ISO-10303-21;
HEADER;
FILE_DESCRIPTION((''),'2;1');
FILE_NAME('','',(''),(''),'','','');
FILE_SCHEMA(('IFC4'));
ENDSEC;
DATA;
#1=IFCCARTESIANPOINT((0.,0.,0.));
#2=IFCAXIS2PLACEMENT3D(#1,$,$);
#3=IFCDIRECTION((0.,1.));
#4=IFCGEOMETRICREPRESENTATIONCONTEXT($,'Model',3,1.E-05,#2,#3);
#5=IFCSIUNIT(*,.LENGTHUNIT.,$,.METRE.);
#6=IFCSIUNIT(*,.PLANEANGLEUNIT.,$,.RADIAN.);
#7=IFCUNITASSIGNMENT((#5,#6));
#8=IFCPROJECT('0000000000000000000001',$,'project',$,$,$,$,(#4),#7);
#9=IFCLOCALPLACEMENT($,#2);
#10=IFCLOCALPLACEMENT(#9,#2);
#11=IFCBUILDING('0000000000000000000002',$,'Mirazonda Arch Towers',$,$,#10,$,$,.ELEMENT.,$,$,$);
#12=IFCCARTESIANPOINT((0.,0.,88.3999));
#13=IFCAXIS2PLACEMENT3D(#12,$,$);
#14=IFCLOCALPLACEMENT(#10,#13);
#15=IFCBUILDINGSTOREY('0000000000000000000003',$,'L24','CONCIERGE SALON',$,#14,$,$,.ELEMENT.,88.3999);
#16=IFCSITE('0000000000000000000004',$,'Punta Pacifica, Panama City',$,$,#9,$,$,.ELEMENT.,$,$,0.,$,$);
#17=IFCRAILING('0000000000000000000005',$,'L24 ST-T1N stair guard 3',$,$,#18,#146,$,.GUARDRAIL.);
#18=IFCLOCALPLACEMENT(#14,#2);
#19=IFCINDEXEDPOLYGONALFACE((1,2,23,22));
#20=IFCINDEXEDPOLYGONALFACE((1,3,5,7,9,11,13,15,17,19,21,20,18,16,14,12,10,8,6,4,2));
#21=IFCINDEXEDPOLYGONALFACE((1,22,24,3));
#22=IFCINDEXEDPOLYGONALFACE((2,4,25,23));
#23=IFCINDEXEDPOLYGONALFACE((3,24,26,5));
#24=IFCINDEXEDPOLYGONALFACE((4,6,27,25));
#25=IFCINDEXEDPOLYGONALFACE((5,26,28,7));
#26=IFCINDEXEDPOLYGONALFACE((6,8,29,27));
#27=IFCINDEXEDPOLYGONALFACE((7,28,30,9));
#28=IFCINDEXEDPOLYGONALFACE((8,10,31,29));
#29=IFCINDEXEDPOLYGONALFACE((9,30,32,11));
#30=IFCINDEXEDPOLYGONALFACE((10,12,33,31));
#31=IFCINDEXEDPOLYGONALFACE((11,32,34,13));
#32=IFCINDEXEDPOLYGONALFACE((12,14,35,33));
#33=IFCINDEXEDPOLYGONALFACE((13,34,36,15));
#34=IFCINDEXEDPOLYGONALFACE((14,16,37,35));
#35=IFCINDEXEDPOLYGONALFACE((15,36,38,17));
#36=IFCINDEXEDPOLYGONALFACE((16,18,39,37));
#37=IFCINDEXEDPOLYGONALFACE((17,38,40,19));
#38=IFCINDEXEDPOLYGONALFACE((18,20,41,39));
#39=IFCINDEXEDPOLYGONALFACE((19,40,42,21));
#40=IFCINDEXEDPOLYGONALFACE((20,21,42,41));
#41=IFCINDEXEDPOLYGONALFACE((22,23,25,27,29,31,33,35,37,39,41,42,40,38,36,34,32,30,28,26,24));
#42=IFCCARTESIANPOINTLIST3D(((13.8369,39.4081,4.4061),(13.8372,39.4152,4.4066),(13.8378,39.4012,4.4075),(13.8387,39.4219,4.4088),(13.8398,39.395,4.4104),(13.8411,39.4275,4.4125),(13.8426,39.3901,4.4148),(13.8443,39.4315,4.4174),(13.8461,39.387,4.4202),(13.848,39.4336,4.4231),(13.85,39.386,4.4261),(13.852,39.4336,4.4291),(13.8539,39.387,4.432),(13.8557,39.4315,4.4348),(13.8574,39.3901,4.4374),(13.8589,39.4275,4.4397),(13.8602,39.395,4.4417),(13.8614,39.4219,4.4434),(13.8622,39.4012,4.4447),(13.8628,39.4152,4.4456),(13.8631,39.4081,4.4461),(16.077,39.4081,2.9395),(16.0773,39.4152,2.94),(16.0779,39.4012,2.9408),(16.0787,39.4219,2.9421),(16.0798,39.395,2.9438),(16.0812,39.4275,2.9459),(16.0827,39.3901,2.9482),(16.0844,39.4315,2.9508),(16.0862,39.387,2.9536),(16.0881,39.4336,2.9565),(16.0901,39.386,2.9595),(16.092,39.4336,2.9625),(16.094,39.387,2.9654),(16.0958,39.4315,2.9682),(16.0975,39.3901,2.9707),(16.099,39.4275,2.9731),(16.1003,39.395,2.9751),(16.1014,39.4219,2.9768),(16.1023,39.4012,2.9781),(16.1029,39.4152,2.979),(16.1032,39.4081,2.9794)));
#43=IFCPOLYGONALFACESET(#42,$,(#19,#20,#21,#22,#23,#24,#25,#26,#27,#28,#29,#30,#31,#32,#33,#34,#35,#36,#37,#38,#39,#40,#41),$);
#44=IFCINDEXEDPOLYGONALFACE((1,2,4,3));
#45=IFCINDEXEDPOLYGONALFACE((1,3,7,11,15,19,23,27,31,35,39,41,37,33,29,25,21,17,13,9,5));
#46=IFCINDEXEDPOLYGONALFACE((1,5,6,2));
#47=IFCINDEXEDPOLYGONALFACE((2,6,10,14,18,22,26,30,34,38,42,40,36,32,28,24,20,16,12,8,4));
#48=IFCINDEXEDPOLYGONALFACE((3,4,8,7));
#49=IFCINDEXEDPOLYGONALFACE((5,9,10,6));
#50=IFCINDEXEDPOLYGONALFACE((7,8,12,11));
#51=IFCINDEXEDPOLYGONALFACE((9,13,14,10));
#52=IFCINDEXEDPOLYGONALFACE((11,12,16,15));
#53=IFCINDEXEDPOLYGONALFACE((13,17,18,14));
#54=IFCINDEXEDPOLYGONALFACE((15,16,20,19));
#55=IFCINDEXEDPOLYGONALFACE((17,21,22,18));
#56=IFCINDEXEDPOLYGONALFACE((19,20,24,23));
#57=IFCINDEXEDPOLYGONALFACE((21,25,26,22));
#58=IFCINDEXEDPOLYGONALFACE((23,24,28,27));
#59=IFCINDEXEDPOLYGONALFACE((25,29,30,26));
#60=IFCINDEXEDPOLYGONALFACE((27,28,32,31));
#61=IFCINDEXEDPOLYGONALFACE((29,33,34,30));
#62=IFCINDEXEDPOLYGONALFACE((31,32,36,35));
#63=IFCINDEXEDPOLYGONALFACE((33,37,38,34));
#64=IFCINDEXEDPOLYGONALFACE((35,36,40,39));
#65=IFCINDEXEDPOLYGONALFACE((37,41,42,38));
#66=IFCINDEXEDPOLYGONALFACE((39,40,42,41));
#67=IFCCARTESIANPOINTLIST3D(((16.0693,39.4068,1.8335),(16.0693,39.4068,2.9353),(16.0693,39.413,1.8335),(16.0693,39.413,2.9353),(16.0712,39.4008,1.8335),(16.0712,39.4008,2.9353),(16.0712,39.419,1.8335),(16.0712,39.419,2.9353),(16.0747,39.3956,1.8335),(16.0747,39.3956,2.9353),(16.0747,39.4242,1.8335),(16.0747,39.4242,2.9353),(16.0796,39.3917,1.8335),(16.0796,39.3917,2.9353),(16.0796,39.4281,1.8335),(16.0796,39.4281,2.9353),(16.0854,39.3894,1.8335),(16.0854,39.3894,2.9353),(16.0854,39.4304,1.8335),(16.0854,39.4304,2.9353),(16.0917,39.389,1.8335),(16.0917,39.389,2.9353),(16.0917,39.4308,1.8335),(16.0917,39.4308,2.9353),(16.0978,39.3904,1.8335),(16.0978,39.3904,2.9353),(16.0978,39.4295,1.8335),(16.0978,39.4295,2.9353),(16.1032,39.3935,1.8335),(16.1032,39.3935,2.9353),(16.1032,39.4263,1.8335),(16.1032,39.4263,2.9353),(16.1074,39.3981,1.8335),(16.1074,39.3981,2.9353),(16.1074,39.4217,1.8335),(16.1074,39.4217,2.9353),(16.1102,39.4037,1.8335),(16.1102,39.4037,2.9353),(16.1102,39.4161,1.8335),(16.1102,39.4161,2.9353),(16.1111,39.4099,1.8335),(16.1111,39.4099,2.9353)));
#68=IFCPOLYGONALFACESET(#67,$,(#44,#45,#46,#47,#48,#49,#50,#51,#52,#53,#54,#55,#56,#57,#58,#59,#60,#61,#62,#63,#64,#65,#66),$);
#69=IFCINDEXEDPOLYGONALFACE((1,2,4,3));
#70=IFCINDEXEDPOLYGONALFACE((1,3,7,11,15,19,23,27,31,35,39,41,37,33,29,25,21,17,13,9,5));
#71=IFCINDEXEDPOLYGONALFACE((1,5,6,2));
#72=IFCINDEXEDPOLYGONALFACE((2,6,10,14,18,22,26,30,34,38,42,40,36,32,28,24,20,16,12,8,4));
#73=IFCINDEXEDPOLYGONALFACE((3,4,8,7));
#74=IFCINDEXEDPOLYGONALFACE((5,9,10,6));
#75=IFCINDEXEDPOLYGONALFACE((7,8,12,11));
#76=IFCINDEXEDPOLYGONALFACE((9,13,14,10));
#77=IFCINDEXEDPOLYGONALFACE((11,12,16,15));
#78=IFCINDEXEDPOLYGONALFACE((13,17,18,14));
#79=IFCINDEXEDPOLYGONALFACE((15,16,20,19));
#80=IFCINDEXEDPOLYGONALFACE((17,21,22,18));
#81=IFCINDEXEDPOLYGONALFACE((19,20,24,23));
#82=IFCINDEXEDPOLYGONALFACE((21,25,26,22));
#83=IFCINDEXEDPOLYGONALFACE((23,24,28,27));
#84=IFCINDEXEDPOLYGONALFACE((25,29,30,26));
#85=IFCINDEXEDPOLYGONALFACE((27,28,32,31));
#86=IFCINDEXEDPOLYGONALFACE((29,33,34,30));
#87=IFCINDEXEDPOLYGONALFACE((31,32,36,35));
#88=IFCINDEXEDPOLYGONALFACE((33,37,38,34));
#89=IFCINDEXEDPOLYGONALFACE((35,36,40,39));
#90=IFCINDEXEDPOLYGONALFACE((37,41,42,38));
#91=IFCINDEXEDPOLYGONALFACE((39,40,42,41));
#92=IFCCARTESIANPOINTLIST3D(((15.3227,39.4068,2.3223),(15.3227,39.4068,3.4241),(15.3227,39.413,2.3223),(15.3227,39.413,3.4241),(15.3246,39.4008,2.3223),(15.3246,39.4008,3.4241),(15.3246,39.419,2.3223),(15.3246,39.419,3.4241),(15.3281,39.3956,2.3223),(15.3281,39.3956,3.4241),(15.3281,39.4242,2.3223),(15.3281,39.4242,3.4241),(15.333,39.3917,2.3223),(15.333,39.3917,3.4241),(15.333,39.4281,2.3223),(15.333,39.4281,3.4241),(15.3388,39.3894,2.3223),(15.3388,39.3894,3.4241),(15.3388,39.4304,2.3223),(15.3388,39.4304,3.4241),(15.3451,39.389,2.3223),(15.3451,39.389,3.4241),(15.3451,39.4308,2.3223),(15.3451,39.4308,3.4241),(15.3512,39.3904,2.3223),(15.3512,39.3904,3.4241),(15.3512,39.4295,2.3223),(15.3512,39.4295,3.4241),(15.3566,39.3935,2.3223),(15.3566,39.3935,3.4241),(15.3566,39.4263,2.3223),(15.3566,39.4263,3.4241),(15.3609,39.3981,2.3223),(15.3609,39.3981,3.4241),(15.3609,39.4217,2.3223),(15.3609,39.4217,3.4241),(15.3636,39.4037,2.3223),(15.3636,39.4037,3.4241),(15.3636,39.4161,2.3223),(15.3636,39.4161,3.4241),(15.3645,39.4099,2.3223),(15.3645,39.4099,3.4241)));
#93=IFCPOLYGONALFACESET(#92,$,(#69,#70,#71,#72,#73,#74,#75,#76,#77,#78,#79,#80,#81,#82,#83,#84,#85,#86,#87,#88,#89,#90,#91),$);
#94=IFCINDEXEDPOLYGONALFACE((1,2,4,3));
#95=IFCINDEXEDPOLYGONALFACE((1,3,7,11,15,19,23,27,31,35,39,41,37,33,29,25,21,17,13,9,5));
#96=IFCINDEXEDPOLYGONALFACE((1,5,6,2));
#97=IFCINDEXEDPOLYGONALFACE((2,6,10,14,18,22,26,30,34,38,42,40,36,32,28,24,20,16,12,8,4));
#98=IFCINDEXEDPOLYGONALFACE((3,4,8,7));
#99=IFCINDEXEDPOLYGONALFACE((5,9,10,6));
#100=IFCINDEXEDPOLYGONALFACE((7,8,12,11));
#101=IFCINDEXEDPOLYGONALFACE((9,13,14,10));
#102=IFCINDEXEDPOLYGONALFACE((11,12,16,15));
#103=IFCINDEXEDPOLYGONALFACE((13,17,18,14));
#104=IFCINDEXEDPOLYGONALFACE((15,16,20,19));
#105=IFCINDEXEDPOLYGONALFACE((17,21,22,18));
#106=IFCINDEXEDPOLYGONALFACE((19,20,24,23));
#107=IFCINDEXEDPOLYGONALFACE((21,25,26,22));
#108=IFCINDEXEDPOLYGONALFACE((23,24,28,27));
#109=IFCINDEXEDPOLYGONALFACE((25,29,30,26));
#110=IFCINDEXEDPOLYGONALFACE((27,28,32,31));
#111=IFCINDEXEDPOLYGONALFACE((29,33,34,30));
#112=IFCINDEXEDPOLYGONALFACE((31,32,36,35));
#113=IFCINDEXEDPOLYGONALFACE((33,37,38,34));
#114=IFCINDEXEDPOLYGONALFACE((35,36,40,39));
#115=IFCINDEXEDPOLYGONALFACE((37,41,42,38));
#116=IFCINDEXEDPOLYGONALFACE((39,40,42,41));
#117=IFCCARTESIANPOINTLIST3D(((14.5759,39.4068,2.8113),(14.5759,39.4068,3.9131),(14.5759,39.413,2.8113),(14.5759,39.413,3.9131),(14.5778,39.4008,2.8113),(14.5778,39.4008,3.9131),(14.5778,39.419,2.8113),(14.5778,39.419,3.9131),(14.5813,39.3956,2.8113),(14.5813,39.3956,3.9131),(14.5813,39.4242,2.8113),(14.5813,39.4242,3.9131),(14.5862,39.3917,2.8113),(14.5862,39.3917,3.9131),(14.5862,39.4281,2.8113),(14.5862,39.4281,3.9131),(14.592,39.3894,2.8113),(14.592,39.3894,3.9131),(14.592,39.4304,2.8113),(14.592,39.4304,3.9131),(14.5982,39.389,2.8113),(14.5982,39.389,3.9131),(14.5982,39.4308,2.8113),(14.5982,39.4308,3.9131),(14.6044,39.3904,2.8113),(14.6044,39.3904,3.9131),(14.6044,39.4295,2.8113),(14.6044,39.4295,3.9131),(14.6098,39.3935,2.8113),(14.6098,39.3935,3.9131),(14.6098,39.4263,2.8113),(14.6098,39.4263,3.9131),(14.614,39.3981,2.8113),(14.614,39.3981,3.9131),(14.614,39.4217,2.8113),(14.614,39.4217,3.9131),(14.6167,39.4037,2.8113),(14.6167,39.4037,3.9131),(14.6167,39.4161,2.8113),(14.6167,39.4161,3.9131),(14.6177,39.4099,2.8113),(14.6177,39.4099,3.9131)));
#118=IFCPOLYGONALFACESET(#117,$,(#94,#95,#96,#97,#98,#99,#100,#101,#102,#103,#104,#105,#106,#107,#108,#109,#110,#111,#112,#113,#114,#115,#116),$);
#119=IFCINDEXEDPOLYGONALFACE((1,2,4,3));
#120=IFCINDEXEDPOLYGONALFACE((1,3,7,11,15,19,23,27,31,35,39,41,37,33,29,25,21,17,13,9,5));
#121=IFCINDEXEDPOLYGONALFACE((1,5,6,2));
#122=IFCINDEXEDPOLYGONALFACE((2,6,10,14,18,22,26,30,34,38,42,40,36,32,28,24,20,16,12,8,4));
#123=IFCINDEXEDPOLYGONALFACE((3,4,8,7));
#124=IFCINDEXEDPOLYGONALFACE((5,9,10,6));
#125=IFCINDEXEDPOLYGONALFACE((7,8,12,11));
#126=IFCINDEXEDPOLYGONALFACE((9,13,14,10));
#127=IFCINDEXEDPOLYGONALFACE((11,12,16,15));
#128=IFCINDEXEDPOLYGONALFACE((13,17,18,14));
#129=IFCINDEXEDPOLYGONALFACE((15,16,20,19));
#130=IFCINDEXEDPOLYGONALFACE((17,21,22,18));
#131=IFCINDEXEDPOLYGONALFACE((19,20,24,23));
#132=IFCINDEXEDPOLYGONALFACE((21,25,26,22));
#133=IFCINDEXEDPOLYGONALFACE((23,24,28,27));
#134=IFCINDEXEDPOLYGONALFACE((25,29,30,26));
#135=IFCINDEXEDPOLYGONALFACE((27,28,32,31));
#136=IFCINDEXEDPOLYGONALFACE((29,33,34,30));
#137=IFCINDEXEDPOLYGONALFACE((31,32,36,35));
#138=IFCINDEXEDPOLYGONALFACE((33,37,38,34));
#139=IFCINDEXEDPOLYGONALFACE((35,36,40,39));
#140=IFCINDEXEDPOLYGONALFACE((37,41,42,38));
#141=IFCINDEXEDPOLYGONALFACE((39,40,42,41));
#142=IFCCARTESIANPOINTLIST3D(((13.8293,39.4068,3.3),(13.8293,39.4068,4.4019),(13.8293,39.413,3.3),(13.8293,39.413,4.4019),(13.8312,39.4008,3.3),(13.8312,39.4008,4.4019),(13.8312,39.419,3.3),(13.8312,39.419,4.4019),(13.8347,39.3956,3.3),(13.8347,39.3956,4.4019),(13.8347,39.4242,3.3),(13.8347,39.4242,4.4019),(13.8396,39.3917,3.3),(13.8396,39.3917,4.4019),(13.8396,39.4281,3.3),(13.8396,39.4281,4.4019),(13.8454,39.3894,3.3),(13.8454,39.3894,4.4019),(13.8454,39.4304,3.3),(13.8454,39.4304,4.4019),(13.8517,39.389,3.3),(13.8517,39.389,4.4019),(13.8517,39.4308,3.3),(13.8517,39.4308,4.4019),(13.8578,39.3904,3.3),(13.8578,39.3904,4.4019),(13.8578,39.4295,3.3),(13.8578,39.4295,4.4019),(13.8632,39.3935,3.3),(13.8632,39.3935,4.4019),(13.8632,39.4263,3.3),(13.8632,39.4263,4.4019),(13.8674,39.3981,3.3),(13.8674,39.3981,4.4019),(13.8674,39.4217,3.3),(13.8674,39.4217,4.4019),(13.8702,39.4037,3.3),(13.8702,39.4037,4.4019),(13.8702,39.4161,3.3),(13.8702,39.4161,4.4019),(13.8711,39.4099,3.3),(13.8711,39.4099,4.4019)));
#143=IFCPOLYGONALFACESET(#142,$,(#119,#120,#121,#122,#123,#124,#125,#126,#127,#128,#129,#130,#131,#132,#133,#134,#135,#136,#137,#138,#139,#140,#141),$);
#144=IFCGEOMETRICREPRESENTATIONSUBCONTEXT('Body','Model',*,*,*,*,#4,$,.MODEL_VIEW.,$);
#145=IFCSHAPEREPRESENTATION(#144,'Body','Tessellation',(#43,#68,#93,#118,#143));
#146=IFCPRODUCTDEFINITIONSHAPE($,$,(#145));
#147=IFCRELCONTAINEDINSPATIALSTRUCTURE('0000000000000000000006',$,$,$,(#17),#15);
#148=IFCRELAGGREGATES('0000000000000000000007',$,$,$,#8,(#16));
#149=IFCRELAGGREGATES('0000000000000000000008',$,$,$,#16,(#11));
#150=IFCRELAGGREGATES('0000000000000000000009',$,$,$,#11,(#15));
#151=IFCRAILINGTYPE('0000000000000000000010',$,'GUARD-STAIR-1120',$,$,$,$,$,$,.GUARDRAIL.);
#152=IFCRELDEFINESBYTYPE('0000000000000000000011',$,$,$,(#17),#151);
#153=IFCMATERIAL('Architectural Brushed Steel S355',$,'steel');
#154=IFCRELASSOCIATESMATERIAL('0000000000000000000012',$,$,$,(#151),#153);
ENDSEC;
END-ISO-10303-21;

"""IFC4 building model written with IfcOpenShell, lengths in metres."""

from ifc_helpers import new_model, si_unit, direction, frame, origin, origin_2d, place, context, subcontext, project, spatial, circle, extrude, material, type_object, element, save


model = new_model("IFC4")

# Units and contexts
model_context = context("Model", 3, precision=1e-05, world=origin(), true_north=direction((0.0, 1.0)))
body_context = subcontext(model_context, "Body", "Model", "MODEL_VIEW")
ifc_project = project(units=[si_unit("LENGTHUNIT", "METRE"), si_unit("PLANEANGLEUNIT", "RADIAN")], contexts=[model_context])

# Site, building, storey
site_placement = place(None, origin())
site = spatial("IfcSite", under=ifc_project, at=site_placement, Name="Punta Pacifica, Panama City", CompositionType="ELEMENT", RefElevation=0.0)
building_placement = place(site_placement, origin())
building = spatial("IfcBuilding", under=site, at=building_placement, Name="Mirazonda Arch Towers", CompositionType="ELEMENT")
storey_placement = place(building_placement, frame((0.0, 0.0, 88.3999)))
storey = spatial("IfcBuildingStorey", under=building, at=storey_placement, Name="L24", Description="CONCIERGE SALON", CompositionType="ELEMENT", Elevation=88.3999)

# Railing
ifc_material_1 = material(Name="Architectural Brushed Steel S355", Category="steel")
railing_type_1 = type_object("IfcRailingType", Name="GUARD-STAIR-1120", PredefinedType="GUARDRAIL", material=ifc_material_1)
railing_1_placement = place(storey_placement, frame((16.0901, 39.4099, 1.8335)))
element("IfcRailing", 1, at=railing_1_placement, inside=storey, type_object=railing_type_1, Name="L24 ST-T1N stair guard 3", PredefinedType="GUARDRAIL", context=body_context, shape_type="SweptSolid", body=[
    extrude(circle(Radius=0.0239, at=origin_2d()), frame((0.0, 0.0, 1.126), z_axis=(-0.836637, 0.0, 0.547758), x_axis=(0.0, -1.0, 0.0)), (0.0, 0.0, 1.0), 2.6775),
    extrude(circle(Radius=0.021, at=origin_2d()), origin(), (0.0, 0.0, 1.0), 1.1018),
    extrude(circle(Radius=0.021, at=origin_2d()), frame((-0.7466, 0.0, 0.4888)), (0.0, 0.0, 1.0), 1.1018),
    extrude(circle(Radius=0.021, at=origin_2d()), frame((-1.4934, 0.0, 0.9778)), (0.0, 0.0, 1.0), 1.1018),
    extrude(circle(Radius=0.021, at=origin_2d()), frame((-2.24, 0.0, 1.4666)), (0.0, 0.0, 1.0), 1.1018),
])

save(model, "model.ifc")
